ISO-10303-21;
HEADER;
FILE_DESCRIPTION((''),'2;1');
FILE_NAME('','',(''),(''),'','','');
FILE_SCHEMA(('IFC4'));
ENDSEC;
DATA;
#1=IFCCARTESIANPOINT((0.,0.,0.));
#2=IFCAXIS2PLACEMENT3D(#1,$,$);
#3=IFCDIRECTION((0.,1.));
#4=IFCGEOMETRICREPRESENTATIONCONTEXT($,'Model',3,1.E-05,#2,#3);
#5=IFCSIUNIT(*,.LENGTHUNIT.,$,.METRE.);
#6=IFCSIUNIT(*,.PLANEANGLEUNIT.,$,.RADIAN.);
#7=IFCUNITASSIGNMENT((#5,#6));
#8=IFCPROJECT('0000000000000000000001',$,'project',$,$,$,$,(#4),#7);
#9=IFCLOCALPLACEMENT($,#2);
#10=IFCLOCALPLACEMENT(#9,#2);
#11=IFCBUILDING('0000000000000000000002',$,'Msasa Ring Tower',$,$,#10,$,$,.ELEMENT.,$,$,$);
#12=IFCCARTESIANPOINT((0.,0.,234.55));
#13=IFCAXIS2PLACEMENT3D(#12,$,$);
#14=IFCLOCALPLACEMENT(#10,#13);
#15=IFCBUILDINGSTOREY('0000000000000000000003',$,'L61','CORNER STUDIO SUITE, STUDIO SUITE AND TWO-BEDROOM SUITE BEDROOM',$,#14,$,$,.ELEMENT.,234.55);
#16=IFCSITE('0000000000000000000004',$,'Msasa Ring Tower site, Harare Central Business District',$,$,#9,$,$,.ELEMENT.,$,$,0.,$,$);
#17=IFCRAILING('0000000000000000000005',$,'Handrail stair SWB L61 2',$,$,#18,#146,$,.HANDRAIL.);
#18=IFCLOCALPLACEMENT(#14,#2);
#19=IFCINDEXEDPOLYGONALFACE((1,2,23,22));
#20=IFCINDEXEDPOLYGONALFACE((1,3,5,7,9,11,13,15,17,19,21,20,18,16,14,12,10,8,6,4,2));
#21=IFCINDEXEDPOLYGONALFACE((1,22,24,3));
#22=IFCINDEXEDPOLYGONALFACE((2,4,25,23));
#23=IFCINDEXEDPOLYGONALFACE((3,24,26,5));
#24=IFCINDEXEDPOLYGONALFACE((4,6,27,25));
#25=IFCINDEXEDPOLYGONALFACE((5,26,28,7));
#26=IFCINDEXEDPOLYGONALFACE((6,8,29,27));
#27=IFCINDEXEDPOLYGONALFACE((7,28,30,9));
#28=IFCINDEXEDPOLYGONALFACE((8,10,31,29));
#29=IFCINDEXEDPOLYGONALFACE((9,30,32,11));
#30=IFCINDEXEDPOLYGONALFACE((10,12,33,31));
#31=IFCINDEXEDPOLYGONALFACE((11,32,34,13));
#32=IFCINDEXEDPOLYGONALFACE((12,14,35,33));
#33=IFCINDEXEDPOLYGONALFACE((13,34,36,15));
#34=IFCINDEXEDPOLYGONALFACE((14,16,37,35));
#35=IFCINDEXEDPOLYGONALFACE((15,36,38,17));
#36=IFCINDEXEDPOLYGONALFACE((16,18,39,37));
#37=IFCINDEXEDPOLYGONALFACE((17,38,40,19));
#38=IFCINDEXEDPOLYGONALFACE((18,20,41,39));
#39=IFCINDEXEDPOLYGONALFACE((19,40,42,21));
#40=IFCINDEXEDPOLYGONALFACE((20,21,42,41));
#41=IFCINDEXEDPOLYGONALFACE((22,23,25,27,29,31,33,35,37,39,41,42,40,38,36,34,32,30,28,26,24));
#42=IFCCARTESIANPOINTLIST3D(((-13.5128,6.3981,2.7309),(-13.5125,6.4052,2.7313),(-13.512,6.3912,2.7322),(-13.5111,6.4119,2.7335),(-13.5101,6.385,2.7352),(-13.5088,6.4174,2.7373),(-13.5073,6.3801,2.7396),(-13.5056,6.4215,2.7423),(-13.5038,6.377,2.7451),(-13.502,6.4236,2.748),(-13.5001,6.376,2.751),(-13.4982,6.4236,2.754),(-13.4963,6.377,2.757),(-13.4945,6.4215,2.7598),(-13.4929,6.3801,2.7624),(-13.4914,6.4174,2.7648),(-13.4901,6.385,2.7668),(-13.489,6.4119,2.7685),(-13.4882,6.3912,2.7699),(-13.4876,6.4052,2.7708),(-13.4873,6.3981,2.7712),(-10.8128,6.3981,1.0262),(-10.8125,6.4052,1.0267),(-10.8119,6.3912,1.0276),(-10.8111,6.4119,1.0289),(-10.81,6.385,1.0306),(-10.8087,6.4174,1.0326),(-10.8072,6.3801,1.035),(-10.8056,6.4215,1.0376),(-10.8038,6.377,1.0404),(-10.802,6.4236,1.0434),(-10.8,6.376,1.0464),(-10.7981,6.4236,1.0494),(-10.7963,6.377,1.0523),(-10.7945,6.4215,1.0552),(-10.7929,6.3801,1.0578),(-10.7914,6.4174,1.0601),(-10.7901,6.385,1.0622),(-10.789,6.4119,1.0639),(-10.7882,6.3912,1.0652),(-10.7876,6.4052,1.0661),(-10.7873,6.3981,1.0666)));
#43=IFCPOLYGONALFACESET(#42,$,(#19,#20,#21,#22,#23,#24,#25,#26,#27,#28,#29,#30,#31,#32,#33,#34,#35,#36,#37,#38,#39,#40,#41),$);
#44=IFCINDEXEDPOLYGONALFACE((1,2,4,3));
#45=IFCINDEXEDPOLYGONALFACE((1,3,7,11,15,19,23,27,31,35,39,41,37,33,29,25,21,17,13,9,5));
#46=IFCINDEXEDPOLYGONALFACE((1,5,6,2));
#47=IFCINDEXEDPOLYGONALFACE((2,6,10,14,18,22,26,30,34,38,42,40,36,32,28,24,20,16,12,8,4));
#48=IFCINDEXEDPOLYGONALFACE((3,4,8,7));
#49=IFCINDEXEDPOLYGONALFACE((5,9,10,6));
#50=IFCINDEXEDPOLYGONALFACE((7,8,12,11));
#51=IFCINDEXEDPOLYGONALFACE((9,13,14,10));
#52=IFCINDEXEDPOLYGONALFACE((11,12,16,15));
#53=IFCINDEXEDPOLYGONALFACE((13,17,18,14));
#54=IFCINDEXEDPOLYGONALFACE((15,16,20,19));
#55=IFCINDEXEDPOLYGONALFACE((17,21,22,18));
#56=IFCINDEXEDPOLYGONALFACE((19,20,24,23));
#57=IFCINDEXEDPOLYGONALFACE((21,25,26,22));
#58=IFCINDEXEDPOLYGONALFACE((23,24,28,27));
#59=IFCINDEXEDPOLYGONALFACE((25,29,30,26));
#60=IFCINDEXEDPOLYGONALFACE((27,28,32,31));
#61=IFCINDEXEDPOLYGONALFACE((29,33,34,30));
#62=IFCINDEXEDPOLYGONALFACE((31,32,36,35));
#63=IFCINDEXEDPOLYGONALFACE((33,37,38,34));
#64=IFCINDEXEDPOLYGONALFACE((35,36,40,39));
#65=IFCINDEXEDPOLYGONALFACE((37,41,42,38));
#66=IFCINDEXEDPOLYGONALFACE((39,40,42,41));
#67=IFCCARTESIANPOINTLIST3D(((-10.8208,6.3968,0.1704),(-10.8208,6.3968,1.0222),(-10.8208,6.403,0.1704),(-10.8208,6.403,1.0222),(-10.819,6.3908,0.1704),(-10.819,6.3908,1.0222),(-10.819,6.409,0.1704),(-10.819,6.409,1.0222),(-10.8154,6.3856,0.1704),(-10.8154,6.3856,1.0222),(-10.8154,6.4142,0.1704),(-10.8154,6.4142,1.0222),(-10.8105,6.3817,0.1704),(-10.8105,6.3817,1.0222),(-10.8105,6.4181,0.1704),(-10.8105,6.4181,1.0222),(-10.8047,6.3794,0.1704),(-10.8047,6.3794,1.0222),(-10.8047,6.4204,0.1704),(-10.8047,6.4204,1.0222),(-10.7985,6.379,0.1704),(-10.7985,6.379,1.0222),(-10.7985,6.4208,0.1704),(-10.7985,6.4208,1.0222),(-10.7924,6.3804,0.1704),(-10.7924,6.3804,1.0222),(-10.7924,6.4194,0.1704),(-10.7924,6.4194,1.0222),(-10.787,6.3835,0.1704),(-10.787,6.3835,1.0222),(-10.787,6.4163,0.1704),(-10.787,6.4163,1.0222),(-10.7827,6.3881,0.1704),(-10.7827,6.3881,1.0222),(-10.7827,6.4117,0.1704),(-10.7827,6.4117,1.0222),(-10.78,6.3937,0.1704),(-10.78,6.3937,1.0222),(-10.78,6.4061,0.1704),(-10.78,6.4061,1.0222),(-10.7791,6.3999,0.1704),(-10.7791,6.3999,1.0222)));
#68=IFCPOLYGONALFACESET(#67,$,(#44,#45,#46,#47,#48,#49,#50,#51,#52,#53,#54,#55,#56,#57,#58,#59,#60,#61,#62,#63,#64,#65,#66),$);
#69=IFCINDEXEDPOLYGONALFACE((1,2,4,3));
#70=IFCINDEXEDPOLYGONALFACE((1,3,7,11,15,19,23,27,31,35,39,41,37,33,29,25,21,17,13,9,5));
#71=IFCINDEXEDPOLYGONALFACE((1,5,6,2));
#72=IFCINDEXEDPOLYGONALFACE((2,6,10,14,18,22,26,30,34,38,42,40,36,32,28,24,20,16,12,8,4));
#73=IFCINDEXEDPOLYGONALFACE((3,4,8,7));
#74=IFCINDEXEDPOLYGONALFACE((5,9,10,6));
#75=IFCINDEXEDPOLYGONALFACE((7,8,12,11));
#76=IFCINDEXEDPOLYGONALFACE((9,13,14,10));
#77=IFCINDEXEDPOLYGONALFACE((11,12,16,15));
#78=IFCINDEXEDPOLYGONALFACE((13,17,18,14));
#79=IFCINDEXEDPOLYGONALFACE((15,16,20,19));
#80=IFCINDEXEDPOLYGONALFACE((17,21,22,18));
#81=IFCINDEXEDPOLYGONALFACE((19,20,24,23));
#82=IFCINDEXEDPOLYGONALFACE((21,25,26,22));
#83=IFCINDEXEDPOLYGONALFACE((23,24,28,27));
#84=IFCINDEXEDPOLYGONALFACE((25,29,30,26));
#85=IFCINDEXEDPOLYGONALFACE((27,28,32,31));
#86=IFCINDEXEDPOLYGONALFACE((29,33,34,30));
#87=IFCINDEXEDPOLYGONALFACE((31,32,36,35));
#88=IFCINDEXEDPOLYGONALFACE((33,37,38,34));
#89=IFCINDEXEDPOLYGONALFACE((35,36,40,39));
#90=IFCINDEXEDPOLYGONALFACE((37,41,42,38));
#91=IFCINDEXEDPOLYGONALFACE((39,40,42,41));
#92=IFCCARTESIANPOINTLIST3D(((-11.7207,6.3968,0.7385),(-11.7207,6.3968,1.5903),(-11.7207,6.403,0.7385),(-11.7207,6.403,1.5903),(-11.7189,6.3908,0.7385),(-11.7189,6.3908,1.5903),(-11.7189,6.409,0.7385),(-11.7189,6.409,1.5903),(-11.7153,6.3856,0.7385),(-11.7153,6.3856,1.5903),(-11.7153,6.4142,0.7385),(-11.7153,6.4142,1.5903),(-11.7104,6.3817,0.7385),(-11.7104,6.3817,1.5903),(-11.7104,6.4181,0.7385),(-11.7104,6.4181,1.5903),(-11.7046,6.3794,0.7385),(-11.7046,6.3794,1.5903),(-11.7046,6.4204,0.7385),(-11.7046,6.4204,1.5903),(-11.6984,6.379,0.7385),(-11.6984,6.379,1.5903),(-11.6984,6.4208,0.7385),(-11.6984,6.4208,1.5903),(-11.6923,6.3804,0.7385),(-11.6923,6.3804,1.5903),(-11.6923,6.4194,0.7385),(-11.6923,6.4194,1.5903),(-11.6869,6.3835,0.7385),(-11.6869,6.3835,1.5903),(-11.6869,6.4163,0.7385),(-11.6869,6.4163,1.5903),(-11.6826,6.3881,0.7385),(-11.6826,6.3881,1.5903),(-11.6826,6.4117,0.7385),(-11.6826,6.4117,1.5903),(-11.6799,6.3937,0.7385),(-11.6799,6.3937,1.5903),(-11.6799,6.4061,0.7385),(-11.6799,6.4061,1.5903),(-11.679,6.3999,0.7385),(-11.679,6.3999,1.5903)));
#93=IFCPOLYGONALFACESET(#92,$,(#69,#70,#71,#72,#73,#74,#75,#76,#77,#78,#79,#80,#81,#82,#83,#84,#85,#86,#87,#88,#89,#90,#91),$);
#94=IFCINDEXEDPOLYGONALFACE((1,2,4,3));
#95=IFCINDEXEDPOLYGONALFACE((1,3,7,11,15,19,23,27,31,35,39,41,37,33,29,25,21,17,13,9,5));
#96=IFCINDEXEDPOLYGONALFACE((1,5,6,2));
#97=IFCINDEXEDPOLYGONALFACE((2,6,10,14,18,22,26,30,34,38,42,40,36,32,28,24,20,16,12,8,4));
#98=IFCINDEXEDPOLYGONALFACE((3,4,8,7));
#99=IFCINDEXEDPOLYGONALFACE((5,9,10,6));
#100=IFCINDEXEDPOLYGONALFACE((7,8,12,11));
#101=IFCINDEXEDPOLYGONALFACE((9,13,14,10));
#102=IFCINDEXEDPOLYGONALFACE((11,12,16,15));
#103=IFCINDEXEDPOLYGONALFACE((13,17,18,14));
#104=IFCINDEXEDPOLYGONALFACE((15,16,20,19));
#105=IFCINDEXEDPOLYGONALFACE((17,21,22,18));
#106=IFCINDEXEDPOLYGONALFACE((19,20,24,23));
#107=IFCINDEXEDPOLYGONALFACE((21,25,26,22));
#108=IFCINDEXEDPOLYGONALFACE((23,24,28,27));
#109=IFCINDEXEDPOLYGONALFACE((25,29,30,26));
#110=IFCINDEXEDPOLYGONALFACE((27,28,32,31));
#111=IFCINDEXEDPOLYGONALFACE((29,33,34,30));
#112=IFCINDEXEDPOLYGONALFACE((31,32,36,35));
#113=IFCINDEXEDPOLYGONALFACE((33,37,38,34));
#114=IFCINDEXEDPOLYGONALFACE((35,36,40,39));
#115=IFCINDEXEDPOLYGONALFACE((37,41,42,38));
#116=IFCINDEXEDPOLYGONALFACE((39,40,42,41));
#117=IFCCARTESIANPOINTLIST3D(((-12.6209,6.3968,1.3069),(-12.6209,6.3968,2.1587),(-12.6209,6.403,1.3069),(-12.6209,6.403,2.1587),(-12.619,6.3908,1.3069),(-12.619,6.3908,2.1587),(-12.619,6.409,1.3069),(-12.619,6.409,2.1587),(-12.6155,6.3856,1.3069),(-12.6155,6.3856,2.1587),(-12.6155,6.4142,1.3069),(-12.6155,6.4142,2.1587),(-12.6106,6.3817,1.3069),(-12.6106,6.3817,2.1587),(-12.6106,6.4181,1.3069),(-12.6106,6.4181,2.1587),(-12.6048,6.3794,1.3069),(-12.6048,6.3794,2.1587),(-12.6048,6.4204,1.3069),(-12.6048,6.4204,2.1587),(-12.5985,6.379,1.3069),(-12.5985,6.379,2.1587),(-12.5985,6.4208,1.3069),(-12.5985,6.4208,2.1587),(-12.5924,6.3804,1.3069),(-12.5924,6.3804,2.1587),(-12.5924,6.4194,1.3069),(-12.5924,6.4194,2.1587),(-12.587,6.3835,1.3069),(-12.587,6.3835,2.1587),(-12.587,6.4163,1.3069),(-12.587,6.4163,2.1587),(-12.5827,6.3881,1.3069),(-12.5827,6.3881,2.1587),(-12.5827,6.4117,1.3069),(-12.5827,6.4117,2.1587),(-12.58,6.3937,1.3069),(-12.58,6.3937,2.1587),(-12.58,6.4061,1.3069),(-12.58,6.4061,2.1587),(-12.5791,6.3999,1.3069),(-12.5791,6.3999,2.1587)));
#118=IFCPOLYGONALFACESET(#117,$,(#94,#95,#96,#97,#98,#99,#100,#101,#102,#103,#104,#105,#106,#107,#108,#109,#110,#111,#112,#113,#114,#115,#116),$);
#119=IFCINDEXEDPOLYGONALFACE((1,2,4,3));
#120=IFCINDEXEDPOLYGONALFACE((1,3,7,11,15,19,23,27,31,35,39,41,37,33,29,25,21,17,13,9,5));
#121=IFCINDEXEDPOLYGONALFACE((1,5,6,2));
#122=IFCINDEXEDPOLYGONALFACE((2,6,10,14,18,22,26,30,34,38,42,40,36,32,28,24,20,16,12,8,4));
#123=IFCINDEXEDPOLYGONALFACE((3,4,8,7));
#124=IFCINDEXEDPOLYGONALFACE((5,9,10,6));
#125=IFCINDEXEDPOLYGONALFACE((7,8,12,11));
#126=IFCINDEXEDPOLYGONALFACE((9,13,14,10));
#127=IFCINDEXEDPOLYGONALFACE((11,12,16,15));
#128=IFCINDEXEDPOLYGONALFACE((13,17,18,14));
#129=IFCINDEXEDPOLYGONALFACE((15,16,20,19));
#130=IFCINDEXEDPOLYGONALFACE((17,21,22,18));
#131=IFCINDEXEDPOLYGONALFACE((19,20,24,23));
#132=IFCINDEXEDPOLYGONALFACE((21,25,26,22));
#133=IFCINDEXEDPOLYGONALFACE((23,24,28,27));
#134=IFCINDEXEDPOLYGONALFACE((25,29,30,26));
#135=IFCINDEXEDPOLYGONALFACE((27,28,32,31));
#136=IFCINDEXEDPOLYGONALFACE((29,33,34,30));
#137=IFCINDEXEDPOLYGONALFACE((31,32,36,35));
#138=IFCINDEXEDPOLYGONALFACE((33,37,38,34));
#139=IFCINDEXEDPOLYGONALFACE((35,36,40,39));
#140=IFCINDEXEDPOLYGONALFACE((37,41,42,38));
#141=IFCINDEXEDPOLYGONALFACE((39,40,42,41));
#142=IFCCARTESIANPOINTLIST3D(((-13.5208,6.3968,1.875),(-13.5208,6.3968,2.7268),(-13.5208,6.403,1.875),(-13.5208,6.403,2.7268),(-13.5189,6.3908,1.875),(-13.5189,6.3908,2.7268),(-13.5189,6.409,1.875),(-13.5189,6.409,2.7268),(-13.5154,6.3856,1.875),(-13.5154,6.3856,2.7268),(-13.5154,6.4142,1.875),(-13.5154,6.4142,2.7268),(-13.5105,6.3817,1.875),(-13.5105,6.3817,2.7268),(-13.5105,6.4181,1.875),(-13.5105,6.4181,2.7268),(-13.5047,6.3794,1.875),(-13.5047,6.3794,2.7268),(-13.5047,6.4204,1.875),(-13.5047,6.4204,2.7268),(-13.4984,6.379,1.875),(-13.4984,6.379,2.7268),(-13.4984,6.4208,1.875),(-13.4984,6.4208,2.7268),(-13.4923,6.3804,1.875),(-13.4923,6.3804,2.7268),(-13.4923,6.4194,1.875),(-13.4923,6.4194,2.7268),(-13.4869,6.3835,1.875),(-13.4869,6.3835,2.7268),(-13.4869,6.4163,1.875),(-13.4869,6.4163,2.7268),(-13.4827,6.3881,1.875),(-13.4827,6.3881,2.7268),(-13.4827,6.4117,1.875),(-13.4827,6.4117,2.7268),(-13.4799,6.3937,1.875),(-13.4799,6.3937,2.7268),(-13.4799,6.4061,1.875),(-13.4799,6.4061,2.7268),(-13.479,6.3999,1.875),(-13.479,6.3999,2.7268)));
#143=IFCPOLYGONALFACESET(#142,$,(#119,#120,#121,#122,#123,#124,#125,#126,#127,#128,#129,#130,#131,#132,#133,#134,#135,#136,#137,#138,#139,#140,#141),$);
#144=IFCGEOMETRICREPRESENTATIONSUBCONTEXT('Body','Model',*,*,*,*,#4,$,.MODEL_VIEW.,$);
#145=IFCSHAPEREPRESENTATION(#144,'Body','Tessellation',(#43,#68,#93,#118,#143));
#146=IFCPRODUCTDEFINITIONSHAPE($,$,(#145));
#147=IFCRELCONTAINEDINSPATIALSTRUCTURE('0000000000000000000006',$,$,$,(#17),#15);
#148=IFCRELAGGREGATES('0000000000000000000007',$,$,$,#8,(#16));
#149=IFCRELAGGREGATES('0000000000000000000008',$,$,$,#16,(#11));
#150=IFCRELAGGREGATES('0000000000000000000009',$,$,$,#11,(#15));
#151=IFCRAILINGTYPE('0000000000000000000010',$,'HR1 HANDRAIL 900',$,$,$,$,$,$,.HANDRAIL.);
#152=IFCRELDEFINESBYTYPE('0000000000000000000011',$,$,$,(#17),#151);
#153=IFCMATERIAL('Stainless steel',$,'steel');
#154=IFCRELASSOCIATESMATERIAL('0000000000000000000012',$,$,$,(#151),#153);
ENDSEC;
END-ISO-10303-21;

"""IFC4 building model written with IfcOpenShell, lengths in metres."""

from ifc_helpers import new_model, si_unit, direction, frame, origin, origin_2d, place, context, subcontext, project, spatial, circle, extrude, material, type_object, element, save


model = new_model("IFC4")

# Units and contexts
model_context = context("Model", 3, precision=1e-05, world=origin(), true_north=direction((0.0, 1.0)))
body_context = subcontext(model_context, "Body", "Model", "MODEL_VIEW")
ifc_project = project(units=[si_unit("LENGTHUNIT", "METRE"), si_unit("PLANEANGLEUNIT", "RADIAN")], contexts=[model_context])

# Site, building, storey
site_placement = place(None, origin())
site = spatial("IfcSite", under=ifc_project, at=site_placement, Name="Msasa Ring Tower site, Harare Central Business District", CompositionType="ELEMENT", RefElevation=0.0)
building_placement = place(site_placement, origin())
building = spatial("IfcBuilding", under=site, at=building_placement, Name="Msasa Ring Tower", CompositionType="ELEMENT")
storey_placement = place(building_placement, frame((0.0, 0.0, 234.55)))
storey = spatial("IfcBuildingStorey", under=building, at=storey_placement, Name="L61", Description="CORNER STUDIO SUITE, STUDIO SUITE AND TWO-BEDROOM SUITE BEDROOM", CompositionType="ELEMENT", Elevation=234.55)

# Railing
ifc_material_1 = material(Name="Stainless steel", Category="steel")
railing_type = type_object("IfcRailingType", Name="HR1 HANDRAIL 900", PredefinedType="HANDRAIL", material=ifc_material_1)
railing_placement = place(storey_placement, frame((-10.8, 6.3999, 0.1704)))
element("IfcRailing", 1, at=railing_placement, inside=storey, type_object=railing_type, Name="Handrail stair SWB L61 2", PredefinedType="HANDRAIL", context=body_context, shape_type="SweptSolid", body=[
    extrude(circle(Radius=0.0239, at=origin_2d()), frame((0.0, 0.0, 0.876), z_axis=(-0.84558, 0.0, 0.533849), x_axis=(0.0, -1.0, 0.0)), (0.0, 0.0, 1.0), 3.1931),
    extrude(circle(Radius=0.021, at=origin_2d()), origin(), (0.0, 0.0, 1.0), 0.8518),
    extrude(circle(Radius=0.021, at=origin_2d()), frame((-0.8999, 0.0, 0.5681)), (0.0, 0.0, 1.0), 0.8518),
    extrude(circle(Radius=0.021, at=origin_2d()), frame((-1.8, 0.0, 1.1365)), (0.0, 0.0, 1.0), 0.8518),
    extrude(circle(Radius=0.021, at=origin_2d()), frame((-2.7, 0.0, 1.7046)), (0.0, 0.0, 1.0), 0.8518),
])

save(model, "model.ifc")
